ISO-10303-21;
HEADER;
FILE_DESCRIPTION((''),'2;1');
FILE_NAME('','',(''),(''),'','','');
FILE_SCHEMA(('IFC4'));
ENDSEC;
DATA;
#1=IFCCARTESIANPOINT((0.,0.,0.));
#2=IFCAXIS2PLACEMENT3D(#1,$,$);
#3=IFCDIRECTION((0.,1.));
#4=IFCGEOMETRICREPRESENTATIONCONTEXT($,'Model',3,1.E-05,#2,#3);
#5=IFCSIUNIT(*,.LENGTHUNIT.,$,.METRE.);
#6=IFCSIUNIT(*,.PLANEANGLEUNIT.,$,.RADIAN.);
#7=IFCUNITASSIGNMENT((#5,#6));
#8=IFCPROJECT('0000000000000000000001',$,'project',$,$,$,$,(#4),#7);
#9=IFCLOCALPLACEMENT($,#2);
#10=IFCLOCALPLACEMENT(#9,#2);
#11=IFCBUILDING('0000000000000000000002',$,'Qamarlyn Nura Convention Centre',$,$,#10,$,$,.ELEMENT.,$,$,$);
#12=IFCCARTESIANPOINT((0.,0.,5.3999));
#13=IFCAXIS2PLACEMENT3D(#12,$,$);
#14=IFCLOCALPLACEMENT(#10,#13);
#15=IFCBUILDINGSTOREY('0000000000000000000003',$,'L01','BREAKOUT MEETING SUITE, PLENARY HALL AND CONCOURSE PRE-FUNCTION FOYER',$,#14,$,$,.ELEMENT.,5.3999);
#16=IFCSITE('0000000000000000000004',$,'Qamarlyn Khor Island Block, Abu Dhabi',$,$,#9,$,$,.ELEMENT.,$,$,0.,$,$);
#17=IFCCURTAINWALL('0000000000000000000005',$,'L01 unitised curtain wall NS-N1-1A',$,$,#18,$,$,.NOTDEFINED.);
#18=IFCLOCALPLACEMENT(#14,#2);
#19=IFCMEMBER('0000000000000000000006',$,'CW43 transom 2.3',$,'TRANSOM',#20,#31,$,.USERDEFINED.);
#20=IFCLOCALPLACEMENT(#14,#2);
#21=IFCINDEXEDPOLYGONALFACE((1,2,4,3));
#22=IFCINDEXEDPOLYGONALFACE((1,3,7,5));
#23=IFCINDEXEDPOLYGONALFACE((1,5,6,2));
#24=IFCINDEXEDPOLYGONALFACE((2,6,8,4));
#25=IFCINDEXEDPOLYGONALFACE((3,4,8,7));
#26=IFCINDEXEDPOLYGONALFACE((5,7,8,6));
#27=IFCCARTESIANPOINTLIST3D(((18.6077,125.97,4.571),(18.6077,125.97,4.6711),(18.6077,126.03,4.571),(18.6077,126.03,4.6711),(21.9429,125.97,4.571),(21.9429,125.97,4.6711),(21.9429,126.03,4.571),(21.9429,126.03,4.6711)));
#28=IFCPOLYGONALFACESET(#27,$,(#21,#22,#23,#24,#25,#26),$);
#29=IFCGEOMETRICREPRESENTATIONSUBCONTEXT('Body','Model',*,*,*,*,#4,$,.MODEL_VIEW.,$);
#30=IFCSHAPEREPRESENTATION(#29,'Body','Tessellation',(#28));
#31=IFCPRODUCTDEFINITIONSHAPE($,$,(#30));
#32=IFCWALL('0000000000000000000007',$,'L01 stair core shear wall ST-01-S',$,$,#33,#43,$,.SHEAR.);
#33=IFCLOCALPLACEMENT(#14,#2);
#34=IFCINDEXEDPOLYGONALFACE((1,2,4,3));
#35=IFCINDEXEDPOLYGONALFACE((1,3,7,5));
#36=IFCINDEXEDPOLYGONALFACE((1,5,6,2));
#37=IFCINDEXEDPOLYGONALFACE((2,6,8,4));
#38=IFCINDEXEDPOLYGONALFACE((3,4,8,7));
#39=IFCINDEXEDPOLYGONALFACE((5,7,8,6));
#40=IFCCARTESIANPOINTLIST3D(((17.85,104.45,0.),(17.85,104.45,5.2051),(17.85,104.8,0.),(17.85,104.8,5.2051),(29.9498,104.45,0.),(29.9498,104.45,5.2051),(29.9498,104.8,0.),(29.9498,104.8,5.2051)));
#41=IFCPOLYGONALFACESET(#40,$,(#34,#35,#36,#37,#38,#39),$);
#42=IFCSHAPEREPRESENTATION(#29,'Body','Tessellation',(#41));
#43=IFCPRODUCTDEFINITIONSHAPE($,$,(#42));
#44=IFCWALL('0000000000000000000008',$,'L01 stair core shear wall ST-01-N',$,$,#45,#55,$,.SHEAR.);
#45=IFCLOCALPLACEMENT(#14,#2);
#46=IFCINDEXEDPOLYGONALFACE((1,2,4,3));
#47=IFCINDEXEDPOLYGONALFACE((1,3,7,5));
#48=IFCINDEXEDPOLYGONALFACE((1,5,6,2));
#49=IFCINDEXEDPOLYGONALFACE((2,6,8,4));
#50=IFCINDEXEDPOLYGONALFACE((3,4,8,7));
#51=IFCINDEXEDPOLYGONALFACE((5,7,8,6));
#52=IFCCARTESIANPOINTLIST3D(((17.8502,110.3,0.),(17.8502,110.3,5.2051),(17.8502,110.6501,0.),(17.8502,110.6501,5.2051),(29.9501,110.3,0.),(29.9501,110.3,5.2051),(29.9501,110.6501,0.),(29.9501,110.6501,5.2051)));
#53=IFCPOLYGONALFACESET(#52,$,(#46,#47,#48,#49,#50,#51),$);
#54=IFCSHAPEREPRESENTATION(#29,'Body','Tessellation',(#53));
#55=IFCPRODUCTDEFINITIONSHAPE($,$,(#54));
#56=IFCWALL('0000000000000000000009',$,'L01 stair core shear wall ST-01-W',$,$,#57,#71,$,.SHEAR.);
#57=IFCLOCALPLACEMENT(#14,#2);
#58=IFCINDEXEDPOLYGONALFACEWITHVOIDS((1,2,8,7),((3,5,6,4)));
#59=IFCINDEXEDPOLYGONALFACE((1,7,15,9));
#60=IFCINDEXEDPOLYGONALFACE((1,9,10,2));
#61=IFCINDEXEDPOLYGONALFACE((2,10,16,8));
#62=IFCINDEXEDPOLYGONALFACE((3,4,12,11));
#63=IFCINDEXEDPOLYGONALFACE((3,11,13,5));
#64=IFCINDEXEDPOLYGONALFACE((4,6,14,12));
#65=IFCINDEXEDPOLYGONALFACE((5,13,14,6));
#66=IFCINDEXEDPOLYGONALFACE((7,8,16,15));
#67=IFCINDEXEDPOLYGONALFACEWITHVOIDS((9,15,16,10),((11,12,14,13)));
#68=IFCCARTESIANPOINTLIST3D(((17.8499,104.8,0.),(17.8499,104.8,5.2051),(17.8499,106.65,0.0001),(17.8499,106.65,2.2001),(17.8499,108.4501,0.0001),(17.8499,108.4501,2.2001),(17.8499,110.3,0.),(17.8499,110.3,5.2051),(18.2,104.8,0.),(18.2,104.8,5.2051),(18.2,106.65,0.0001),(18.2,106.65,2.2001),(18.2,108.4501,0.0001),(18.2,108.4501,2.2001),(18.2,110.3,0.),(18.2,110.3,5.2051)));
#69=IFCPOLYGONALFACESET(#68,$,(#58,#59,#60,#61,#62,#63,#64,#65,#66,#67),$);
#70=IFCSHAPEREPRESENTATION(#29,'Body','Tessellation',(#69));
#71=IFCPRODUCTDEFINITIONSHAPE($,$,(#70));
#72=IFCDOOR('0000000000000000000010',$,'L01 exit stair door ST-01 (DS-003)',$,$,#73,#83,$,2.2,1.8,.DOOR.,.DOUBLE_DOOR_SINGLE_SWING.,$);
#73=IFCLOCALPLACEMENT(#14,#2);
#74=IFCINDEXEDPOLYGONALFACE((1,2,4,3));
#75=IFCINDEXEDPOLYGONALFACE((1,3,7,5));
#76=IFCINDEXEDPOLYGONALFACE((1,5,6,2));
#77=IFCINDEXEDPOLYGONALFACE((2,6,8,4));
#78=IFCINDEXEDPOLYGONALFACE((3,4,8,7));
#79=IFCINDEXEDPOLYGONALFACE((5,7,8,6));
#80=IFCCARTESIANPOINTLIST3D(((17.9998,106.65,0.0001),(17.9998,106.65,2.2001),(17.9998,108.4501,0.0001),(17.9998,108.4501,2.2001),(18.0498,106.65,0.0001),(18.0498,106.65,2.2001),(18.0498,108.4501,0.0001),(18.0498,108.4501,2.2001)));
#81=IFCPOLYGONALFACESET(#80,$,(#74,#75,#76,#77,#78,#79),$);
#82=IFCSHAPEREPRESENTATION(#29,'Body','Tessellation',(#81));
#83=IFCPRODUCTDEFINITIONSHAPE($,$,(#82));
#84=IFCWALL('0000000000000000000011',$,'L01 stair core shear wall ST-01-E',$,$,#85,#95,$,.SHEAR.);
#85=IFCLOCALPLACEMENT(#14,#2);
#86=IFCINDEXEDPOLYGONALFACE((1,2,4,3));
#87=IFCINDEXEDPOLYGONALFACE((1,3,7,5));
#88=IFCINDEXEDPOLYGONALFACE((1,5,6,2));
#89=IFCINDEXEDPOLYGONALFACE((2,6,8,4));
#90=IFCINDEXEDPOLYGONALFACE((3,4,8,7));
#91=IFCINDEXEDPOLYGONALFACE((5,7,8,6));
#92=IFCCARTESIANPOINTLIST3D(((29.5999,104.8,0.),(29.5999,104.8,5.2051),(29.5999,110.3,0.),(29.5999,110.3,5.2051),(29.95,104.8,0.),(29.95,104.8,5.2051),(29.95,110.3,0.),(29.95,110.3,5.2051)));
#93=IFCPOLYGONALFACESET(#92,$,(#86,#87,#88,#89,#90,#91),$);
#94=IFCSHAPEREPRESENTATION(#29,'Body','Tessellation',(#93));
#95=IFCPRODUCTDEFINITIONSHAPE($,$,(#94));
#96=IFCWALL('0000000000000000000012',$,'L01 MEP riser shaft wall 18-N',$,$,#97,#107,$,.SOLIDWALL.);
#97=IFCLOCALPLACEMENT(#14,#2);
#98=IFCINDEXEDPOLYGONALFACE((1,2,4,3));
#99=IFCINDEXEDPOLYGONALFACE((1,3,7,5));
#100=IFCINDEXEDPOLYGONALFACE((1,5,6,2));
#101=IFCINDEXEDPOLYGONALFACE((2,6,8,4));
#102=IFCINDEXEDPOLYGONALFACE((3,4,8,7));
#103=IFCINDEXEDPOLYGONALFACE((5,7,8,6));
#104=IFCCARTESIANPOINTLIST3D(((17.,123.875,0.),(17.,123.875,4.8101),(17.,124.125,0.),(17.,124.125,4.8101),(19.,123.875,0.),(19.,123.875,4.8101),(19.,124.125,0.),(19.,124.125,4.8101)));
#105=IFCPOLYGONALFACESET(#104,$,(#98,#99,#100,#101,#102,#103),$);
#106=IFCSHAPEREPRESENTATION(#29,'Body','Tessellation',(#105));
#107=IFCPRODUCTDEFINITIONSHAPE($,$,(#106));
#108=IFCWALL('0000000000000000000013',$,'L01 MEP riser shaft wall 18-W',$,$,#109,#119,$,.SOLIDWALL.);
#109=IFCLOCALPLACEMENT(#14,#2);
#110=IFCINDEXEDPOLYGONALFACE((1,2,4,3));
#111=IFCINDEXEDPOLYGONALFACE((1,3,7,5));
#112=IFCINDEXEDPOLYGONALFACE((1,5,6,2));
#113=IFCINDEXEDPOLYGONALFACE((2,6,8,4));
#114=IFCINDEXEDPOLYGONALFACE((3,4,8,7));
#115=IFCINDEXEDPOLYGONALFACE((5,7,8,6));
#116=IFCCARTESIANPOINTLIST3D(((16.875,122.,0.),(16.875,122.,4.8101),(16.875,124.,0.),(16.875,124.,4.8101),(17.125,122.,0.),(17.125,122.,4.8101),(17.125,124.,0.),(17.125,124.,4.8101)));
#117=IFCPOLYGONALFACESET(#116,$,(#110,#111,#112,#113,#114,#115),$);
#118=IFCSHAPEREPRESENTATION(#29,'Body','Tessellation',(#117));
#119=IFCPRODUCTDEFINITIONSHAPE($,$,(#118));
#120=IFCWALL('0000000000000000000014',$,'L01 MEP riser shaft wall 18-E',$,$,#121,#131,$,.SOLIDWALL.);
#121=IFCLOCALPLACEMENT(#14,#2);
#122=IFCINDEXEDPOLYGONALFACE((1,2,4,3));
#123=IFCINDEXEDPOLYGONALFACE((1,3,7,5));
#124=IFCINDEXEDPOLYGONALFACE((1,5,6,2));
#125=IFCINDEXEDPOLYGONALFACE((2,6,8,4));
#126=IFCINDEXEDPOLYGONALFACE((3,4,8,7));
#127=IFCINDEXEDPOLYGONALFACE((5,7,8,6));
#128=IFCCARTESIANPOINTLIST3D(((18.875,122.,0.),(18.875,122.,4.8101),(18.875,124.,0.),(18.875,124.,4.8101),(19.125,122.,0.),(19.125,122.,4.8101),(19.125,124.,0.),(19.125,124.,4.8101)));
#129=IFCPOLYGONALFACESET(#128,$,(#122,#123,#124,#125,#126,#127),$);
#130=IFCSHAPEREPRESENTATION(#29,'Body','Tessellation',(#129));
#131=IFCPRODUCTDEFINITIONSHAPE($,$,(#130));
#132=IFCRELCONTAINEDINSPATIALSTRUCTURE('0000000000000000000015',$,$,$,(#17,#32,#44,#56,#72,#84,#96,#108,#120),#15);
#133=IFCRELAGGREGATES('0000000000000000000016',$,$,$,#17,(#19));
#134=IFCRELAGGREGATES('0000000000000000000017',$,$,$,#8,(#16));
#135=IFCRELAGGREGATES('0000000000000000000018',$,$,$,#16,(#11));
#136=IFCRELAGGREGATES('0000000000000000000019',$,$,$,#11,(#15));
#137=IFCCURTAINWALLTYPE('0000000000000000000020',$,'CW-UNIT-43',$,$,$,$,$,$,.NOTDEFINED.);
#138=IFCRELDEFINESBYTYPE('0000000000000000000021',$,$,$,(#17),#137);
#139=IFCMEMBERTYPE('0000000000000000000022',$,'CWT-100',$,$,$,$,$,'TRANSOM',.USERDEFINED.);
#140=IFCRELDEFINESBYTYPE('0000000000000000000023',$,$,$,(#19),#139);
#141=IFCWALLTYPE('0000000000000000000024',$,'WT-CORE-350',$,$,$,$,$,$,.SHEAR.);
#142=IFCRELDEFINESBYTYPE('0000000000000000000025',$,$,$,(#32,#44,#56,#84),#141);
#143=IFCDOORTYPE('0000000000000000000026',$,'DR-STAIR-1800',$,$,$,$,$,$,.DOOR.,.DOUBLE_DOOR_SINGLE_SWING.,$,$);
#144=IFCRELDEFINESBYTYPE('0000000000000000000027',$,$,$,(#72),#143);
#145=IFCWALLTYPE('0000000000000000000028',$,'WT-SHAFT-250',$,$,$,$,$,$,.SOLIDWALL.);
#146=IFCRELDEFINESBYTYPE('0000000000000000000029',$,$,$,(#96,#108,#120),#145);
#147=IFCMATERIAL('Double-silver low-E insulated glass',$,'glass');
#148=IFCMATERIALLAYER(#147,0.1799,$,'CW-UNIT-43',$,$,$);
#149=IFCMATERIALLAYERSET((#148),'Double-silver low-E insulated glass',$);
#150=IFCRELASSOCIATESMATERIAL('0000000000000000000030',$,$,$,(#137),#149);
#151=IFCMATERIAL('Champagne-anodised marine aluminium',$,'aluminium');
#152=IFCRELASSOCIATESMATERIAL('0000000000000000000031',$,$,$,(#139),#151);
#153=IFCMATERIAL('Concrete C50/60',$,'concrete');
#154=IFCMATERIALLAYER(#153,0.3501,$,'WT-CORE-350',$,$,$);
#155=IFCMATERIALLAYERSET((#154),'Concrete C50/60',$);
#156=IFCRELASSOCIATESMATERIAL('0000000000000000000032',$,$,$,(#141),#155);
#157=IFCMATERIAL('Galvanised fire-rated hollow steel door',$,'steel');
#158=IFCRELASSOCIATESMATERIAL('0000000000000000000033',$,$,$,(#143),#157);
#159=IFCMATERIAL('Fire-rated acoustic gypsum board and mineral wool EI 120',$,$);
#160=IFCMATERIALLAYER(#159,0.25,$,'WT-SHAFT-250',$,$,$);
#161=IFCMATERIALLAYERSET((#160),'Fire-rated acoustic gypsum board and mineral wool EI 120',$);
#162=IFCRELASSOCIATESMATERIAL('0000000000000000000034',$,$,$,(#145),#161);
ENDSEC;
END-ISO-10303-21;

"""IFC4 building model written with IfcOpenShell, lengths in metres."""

from ifc_helpers import new_model, si_unit, direction, frame, frame_2d, origin, origin_2d, place, context, subcontext, project, spatial, rectangle, extrude, material, layer, layer_set, material_profile, profile_set, type_object, element, fill, aggregate, save


model = new_model("IFC4")

# Units and contexts
model_context = context("Model", 3, precision=1e-05, world=origin(), true_north=direction((0.0, 1.0)))
body_context = subcontext(model_context, "Body", "Model", "MODEL_VIEW")
ifc_project = project(units=[si_unit("LENGTHUNIT", "METRE"), si_unit("PLANEANGLEUNIT", "RADIAN")], contexts=[model_context])

# Site, building, storey
site_placement = place(None, origin())
site = spatial("IfcSite", under=ifc_project, at=site_placement, Name="Qamarlyn Khor Island Block, Abu Dhabi", CompositionType="ELEMENT", RefElevation=0.0)
building_placement = place(site_placement, origin())
building = spatial("IfcBuilding", under=site, at=building_placement, Name="Qamarlyn Nura Convention Centre", CompositionType="ELEMENT")
storey_placement = place(building_placement, frame((0.0, 0.0, 5.3999)))
storey = spatial("IfcBuildingStorey", under=building, at=storey_placement, Name="L01", Description="BREAKOUT MEETING SUITE, PLENARY HALL AND CONCOURSE PRE-FUNCTION FOYER", CompositionType="ELEMENT", Elevation=5.3999)

# Shared definitions
ifc_material_1 = material(Name="Concrete C50/60", Category="concrete")

# Curtain wall, member
ifc_material_2 = material(Name="Double-silver low-E insulated glass", Category="glass")
ifc_layer_1 = layer(ifc_material_2, 0.1799, Name="CW-UNIT-43")
ifc_layer_set_1 = layer_set([ifc_layer_1], Name="Double-silver low-E insulated glass")
curtain_wall_type = type_object("IfcCurtainWallType", Name="CW-UNIT-43", PredefinedType="NOTDEFINED", material=ifc_layer_set_1)
curtain_wall_placement = place(storey_placement, origin())
curtain_wall = element("IfcCurtainWall", 1, at=curtain_wall_placement, inside=storey, type_object=curtain_wall_type, Name="L01 unitised curtain wall NS-N1-1A", PredefinedType="NOTDEFINED")
ifc_material_3 = material(Name="Champagne-anodised marine aluminium", Category="aluminium")
ifc_material_profile_1 = material_profile(ifc_material_3, rectangle(XDim=0.0601, YDim=0.1001, at=origin_2d()), Name="ALU TRANSOM 60x100")
ifc_profile_set_1 = profile_set([ifc_material_profile_1], Name="Champagne-anodised marine aluminium")
member_type_1 = type_object("IfcMemberType", Name="CWT-100", ElementType="TRANSOM", PredefinedType="USERDEFINED", material=ifc_profile_set_1)
member_1_placement = place(storey_placement, frame((18.6077, 126.0, 4.6211), z_axis=(1.0, 0.0, 0.0), x_axis=(0.0, 1.0, 0.0)))
member_1 = element("IfcMember", 2, at=member_1_placement, type_object=member_type_1, Name="CW43 transom 2.3", ObjectType="TRANSOM", PredefinedType="USERDEFINED", context=body_context, shape_type="SweptSolid", body=[
    extrude(rectangle(XDim=0.0601, YDim=0.1001, at=origin_2d()), origin(), (0.0, 0.0, 1.0), 3.3352),
])
aggregate(curtain_wall, [member_1])

# Walls
ifc_layer_2 = layer(ifc_material_1, 0.3501, Name="WT-CORE-350")
ifc_layer_set_2 = layer_set([ifc_layer_2], Name="Concrete C50/60")
wall_type_1 = type_object("IfcWallType", Name="WT-CORE-350", PredefinedType="SHEAR", material=ifc_layer_set_2)
for number, where, z_axis, x_axis, name in (
    (3, (17.8501, 104.625, 0.0), (0.0, 0.0, 1.0), (1.0, 0.0, 0.0), "L01 stair core shear wall ST-01-S"),
    (4, (29.95, 110.4751, 0.0), (0.0, 0.0, 1.0), (-1.0, 0.0, 0.0), "L01 stair core shear wall ST-01-N"),
):
    element("IfcWall", number, at=place(storey_placement, frame(where, z_axis=z_axis, x_axis=x_axis)), inside=storey, type_object=wall_type_1, Name=name, PredefinedType="SHEAR", context=body_context, shape_type="SweptSolid", body=[
        extrude(rectangle(XDim=12.0999, YDim=0.3501, at=frame_2d((6.0498, 0.0))), origin(), (0.0, 0.0, 1.0), 5.2051),
    ])

# Wall, opening, door
wall_1_placement = place(storey_placement, frame((18.0249, 110.3, 0.0), z_axis=(0.0, 0.0, 1.0), x_axis=(0.0, -1.0, 0.0)))
wall_1 = element("IfcWall", 5, at=wall_1_placement, inside=storey, type_object=wall_type_1, Name="L01 stair core shear wall ST-01-W", PredefinedType="SHEAR", context=body_context, shape_type="SweptSolid", body=[
    extrude(rectangle(XDim=5.5, YDim=0.3501, at=frame_2d((2.75, 0.0))), origin(), (0.0, 0.0, 1.0), 5.2051),
])
opening_placement = place(wall_1_placement, frame((1.8501, 0.0, 0.0)))
opening = element("IfcOpeningElement", 6, at=opening_placement, cuts=wall_1, PredefinedType="OPENING", context=body_context, shape_type="SweptSolid", body=[
    extrude(rectangle(XDim=1.8, YDim=2.2, at=frame_2d((0.8999, 1.1001))), frame((0.0, 0.1851, 0.0), z_axis=(0.0, -1.0, 0.0), x_axis=(1.0, 0.0, 0.0)), (0.0, 0.0, 1.0), 0.3701),
])
ifc_material_4 = material(Name="Galvanised fire-rated hollow steel door", Category="steel")
door_type = type_object("IfcDoorType", Name="DR-STAIR-1800", OperationType="DOUBLE_DOOR_SINGLE_SWING", PredefinedType="DOOR", material=ifc_material_4)
door_placement = place(opening_placement, origin())
door = element("IfcDoor", 7, at=door_placement, inside=storey, type_object=door_type, Name="L01 exit stair door ST-01 (DS-003)", OperationType="DOUBLE_DOOR_SINGLE_SWING", OverallHeight=2.2, OverallWidth=1.8, PredefinedType="DOOR", context=body_context, shape_type="SweptSolid", body=[
    extrude(rectangle(XDim=1.8, YDim=2.2, at=frame_2d((0.8999, 1.1001))), frame((0.0, 0.0249, 0.0), z_axis=(0.0, -1.0, 0.0), x_axis=(1.0, 0.0, 0.0)), (0.0, 0.0, 1.0), 0.05),
])
fill(opening, door)

# Walls
wall_2_placement = place(storey_placement, frame((29.7749, 104.8, 0.0), z_axis=(0.0, 0.0, 1.0), x_axis=(0.0, 1.0, 0.0)))
element("IfcWall", 8, at=wall_2_placement, inside=storey, type_object=wall_type_1, Name="L01 stair core shear wall ST-01-E", PredefinedType="SHEAR", context=body_context, shape_type="SweptSolid", body=[
    extrude(rectangle(XDim=5.5, YDim=0.3501, at=frame_2d((2.75, 0.0))), origin(), (0.0, 0.0, 1.0), 5.2051),
])
ifc_material_5 = material(Name="Fire-rated acoustic gypsum board and mineral wool EI 120")
ifc_layer_3 = layer(ifc_material_5, 0.25, Name="WT-SHAFT-250")
ifc_layer_set_3 = layer_set([ifc_layer_3], Name="Fire-rated acoustic gypsum board and mineral wool EI 120")
wall_type_2 = type_object("IfcWallType", Name="WT-SHAFT-250", PredefinedType="SOLIDWALL", material=ifc_layer_set_3)
for number, where, z_axis, x_axis, name in (
    (9, (19.0, 124.0, 0.0), (0.0, 0.0, 1.0), (-1.0, 0.0, 0.0), "L01 MEP riser shaft wall 18-N"),
    (10, (17.0, 124.0, 0.0), (0.0, 0.0, 1.0), (0.0, -1.0, 0.0), "L01 MEP riser shaft wall 18-W"),
    (11, (19.0, 122.0, 0.0), (0.0, 0.0, 1.0), (0.0, 1.0, 0.0), "L01 MEP riser shaft wall 18-E"),
):
    element("IfcWall", number, at=place(storey_placement, frame(where, z_axis=z_axis, x_axis=x_axis)), inside=storey, type_object=wall_type_2, Name=name, PredefinedType="SOLIDWALL", context=body_context, shape_type="SweptSolid", body=[
        extrude(rectangle(XDim=2.0, YDim=0.25, at=frame_2d((1.0, 0.0))), origin(), (0.0, 0.0, 1.0), 4.8101),
    ])

save(model, "model.ifc")
